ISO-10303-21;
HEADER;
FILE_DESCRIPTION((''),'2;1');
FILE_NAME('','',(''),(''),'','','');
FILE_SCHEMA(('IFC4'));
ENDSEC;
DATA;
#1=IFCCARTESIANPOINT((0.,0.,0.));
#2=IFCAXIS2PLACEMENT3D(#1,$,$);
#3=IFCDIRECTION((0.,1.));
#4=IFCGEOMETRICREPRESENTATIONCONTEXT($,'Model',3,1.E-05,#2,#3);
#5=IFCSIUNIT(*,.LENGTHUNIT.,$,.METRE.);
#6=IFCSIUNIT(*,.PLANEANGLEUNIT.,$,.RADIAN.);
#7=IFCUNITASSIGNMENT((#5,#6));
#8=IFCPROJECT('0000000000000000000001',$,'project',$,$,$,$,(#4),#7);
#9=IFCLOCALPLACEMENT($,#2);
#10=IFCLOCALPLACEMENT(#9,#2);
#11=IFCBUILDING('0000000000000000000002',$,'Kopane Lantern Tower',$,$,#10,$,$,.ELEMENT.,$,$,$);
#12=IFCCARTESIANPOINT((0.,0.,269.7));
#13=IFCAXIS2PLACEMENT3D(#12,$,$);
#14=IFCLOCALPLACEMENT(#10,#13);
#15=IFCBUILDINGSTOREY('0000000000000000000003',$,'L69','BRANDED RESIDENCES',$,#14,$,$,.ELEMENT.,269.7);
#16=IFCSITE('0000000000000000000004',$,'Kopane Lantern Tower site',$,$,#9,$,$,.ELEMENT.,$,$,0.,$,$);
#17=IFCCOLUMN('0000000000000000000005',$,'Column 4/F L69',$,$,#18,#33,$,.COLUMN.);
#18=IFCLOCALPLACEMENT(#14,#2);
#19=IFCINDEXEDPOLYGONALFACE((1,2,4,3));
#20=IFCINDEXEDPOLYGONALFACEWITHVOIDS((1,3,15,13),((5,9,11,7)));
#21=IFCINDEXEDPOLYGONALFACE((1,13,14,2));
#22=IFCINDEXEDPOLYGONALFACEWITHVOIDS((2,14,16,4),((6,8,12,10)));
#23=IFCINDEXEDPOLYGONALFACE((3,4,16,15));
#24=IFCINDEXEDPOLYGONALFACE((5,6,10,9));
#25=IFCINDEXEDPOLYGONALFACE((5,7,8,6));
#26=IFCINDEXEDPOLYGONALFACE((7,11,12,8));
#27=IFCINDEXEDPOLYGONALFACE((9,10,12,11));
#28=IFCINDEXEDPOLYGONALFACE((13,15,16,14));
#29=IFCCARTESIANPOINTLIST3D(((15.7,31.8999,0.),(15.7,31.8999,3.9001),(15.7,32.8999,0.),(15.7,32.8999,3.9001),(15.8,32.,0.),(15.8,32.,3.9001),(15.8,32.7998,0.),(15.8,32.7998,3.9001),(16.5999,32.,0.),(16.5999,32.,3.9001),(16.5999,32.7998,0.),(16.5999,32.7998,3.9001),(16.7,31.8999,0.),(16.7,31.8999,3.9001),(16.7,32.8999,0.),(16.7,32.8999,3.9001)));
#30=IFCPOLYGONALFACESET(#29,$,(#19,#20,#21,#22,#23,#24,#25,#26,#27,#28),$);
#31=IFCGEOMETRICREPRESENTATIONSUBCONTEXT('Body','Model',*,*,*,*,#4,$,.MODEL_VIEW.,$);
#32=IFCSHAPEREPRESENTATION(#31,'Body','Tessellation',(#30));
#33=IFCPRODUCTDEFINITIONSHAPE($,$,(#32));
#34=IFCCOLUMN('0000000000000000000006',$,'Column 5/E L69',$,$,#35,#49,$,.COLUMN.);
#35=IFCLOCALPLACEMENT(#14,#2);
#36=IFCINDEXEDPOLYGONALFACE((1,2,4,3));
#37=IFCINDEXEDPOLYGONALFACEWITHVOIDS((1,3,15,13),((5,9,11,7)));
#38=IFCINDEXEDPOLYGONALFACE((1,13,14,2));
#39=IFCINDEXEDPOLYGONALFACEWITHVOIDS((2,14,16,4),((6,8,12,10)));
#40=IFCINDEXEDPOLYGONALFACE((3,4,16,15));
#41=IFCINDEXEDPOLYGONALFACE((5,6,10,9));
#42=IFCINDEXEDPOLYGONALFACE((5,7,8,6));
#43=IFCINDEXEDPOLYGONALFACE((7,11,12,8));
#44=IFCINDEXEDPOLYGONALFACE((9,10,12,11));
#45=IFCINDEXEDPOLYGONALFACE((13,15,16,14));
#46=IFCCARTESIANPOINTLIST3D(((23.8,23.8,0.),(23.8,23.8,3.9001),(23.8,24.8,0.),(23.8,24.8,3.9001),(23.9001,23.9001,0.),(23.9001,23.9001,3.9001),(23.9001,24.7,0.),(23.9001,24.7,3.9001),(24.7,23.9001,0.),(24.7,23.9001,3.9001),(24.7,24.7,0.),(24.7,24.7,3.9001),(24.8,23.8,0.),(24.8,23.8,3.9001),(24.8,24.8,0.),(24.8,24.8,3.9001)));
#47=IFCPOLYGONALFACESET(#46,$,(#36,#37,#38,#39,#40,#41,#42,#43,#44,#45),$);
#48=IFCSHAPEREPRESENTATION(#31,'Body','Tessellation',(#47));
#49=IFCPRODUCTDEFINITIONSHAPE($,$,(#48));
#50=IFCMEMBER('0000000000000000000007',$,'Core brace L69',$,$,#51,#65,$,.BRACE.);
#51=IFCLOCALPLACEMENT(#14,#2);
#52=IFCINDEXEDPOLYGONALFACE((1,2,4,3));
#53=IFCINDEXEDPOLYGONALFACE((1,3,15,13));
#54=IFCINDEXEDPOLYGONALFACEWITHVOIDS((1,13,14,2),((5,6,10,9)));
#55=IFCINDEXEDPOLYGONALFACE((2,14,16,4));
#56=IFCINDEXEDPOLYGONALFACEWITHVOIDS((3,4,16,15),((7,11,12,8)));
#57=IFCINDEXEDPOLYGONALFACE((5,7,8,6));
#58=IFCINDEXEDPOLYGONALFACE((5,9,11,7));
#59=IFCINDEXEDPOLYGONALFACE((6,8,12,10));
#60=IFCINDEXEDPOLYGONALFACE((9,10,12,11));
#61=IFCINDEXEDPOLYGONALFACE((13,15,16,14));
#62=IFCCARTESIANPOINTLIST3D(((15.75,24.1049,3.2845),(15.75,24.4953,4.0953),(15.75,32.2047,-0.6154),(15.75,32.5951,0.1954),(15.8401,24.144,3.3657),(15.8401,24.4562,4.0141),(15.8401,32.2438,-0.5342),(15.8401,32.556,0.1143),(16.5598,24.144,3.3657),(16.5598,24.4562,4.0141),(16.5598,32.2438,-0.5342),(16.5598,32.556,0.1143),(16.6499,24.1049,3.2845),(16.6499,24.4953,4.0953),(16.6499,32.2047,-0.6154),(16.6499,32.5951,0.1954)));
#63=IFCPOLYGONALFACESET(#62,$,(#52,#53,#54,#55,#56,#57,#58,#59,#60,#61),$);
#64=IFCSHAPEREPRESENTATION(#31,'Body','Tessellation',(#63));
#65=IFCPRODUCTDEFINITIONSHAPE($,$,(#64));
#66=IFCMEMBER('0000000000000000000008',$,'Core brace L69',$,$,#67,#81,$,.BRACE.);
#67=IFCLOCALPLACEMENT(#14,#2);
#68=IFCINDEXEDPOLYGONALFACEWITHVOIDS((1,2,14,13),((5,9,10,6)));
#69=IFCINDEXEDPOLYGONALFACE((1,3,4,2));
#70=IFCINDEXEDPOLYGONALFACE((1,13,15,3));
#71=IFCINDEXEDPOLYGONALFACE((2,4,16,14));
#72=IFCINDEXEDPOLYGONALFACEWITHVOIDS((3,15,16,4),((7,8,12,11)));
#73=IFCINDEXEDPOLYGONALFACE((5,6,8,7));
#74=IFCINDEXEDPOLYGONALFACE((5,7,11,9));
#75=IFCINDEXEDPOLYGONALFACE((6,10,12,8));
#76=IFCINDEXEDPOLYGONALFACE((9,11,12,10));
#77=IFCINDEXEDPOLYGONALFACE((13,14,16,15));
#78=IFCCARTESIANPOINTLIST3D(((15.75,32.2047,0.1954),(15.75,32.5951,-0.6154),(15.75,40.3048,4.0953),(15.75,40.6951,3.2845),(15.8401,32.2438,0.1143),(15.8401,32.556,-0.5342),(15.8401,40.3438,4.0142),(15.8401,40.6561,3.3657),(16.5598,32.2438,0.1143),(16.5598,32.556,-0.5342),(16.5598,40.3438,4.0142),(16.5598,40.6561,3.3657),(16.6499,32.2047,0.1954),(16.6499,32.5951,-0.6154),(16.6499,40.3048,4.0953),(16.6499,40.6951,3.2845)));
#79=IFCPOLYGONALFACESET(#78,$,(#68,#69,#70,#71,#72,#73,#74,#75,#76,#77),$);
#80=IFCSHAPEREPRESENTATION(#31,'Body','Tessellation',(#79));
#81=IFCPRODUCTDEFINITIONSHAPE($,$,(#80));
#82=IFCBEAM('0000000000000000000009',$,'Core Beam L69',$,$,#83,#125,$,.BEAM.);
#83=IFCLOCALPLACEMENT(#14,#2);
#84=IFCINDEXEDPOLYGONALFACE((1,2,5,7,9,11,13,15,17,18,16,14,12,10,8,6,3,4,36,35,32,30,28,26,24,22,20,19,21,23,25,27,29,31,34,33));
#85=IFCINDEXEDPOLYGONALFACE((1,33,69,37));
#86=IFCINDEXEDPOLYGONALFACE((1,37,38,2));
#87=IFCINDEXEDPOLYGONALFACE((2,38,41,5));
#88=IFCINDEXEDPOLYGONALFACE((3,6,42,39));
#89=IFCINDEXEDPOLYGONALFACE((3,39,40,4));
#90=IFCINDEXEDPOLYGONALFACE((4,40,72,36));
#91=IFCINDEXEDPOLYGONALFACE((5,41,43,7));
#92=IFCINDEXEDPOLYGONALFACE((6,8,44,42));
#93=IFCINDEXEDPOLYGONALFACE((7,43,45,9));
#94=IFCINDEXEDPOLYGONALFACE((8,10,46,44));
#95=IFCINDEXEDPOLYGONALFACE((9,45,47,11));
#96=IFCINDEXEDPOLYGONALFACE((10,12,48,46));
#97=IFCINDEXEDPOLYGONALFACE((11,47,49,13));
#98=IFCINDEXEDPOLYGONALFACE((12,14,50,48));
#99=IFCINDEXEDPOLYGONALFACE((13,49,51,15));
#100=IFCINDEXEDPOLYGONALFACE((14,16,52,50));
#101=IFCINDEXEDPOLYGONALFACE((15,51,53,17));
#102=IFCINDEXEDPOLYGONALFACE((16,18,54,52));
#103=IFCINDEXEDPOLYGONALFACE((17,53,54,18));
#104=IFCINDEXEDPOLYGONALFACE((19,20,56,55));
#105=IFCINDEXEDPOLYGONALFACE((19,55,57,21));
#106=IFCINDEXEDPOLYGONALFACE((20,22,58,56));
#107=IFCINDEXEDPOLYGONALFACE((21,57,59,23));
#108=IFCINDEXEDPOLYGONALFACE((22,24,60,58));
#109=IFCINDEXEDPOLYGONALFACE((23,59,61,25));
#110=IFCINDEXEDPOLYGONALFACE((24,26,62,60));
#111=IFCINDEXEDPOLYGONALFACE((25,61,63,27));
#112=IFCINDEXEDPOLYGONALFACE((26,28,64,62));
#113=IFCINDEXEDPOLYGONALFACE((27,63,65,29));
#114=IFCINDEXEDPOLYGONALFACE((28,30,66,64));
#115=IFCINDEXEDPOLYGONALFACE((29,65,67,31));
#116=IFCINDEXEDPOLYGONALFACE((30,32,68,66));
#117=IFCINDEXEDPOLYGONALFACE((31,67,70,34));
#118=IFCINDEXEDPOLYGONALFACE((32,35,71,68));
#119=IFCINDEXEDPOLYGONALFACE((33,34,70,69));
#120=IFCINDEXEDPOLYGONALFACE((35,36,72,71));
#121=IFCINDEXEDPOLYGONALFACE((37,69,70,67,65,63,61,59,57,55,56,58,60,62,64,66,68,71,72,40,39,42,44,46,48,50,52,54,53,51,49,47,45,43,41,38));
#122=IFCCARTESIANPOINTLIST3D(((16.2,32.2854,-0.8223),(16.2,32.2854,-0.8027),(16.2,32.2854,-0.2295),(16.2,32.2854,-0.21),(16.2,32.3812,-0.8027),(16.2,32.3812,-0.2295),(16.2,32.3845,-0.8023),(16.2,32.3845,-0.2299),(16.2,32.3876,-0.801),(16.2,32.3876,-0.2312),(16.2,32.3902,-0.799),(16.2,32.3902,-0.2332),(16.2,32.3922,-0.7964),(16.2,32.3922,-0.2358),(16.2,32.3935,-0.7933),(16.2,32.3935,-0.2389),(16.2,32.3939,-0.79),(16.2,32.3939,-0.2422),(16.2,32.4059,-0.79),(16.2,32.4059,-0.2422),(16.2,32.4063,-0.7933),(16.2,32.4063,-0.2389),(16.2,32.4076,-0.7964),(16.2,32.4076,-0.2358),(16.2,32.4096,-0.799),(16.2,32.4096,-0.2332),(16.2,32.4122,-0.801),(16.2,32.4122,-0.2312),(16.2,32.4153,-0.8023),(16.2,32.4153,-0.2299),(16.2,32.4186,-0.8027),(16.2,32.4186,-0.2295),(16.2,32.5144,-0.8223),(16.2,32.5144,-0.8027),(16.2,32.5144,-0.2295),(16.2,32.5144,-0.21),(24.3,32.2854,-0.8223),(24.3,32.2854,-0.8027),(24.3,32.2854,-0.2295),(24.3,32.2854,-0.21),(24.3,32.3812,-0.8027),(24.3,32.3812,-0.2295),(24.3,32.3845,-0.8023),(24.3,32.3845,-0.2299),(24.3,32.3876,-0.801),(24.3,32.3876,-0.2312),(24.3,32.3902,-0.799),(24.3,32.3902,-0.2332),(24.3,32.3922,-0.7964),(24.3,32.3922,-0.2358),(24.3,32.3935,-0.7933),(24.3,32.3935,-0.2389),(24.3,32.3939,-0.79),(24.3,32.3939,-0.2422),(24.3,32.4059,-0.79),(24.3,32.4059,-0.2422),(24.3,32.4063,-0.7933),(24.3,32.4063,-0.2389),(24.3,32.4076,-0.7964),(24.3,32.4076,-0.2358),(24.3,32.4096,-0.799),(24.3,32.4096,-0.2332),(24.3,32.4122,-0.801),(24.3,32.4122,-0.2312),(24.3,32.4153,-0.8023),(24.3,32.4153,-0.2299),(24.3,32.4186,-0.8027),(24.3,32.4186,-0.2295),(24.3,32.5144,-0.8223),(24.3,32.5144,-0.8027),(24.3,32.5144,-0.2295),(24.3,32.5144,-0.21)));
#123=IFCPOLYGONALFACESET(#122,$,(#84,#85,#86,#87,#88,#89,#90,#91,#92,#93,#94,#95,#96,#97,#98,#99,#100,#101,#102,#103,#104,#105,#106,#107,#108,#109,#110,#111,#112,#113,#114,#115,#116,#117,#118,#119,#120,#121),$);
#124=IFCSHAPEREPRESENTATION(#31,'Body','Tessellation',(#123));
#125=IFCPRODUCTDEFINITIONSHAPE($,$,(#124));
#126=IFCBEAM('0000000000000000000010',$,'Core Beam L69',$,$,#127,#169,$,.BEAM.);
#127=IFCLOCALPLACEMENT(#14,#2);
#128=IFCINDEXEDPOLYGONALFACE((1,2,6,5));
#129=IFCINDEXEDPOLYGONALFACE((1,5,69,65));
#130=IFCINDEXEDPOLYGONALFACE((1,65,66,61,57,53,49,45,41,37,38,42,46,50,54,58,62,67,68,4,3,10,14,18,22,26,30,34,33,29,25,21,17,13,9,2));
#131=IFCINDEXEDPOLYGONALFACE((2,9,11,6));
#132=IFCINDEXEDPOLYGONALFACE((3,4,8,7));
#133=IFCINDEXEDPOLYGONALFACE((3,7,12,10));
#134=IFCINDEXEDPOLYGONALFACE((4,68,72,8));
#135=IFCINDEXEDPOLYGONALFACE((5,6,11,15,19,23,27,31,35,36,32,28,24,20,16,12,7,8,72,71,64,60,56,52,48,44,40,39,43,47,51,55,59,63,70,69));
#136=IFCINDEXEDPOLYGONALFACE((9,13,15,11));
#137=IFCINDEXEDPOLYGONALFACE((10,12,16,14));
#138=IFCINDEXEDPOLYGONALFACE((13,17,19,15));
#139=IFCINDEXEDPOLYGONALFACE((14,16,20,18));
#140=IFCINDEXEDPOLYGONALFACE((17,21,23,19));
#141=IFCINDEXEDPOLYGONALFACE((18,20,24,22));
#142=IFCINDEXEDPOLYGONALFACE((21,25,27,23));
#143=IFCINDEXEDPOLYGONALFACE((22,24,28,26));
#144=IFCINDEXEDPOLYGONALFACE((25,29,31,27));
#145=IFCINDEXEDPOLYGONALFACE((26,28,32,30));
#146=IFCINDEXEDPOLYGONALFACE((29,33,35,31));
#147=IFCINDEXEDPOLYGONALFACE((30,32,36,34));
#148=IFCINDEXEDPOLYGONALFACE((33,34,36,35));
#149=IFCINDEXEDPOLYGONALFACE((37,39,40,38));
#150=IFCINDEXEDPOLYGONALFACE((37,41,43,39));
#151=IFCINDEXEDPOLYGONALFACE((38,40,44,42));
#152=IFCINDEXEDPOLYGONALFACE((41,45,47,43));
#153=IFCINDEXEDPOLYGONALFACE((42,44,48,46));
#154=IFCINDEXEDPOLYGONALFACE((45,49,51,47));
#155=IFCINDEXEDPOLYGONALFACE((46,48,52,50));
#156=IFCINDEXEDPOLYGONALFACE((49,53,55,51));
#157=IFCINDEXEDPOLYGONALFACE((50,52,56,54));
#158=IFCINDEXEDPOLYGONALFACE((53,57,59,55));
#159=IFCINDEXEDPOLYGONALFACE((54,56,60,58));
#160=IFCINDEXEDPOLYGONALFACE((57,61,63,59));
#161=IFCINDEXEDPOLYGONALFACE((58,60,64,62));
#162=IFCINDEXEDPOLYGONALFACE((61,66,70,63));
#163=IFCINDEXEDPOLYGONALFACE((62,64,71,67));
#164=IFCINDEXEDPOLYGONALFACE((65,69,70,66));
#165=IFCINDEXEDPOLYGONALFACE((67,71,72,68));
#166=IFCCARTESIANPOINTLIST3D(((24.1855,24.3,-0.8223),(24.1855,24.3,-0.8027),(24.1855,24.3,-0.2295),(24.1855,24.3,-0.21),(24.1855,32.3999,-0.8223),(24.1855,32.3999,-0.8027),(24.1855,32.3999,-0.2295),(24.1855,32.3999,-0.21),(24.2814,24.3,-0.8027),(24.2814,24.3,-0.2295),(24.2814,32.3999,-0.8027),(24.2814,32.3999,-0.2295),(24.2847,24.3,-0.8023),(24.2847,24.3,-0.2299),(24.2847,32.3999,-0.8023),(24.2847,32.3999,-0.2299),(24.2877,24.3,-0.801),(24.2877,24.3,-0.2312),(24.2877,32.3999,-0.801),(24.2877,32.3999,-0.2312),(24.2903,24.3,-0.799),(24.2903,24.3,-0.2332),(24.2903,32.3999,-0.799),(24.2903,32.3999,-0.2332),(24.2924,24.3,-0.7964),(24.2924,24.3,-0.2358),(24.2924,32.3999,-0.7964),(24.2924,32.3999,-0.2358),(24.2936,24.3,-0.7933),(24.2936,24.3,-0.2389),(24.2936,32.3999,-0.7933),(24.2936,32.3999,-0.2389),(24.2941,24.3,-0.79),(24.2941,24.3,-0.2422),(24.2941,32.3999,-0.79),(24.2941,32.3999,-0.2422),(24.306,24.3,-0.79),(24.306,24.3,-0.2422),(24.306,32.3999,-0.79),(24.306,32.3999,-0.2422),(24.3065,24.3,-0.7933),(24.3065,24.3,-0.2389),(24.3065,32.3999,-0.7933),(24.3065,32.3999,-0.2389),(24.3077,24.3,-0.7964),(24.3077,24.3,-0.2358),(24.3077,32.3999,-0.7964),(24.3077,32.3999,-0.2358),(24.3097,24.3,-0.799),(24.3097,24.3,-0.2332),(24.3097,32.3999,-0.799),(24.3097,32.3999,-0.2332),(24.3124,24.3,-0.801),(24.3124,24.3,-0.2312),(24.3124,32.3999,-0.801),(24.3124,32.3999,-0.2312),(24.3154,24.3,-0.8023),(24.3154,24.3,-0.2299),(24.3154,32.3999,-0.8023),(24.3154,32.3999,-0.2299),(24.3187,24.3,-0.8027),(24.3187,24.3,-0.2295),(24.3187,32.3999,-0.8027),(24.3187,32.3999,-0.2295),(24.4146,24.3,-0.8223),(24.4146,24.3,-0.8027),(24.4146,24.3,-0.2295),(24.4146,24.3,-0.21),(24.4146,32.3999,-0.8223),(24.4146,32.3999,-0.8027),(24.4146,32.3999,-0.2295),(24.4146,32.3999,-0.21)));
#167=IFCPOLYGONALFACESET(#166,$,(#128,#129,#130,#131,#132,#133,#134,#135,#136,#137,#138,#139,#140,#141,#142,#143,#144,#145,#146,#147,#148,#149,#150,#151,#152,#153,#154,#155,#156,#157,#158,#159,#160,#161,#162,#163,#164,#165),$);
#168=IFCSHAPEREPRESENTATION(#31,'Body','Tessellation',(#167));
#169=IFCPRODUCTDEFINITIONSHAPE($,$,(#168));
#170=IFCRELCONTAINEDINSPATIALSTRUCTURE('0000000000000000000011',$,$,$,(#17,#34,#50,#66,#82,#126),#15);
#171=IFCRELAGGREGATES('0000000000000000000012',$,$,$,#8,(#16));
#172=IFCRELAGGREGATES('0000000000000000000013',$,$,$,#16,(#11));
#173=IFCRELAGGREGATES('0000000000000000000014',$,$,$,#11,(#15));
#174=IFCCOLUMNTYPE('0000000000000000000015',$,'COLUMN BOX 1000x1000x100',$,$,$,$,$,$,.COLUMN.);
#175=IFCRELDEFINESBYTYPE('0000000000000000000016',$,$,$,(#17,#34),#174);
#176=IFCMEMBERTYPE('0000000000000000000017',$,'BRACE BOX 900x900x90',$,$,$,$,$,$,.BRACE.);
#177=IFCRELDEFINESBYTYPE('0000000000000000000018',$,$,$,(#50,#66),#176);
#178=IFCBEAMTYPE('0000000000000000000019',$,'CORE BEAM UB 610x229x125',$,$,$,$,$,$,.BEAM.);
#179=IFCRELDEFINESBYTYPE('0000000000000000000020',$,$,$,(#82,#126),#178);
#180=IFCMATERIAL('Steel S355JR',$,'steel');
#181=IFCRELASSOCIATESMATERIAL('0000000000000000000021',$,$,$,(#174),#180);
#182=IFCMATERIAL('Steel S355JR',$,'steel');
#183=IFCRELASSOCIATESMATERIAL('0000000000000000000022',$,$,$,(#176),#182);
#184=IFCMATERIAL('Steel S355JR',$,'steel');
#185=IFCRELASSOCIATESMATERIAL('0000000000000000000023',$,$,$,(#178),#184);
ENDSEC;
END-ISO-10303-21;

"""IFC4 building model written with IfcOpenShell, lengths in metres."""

from ifc_helpers import new_model, si_unit, direction, frame, origin, origin_2d, place, context, subcontext, project, spatial, hollow_rectangle, i_section, extrude, material, material_profile, profile_set, type_object, element, save


model = new_model("IFC4")

# Units and contexts
model_context = context("Model", 3, precision=1e-05, world=origin(), true_north=direction((0.0, 1.0)))
body_context = subcontext(model_context, "Body", "Model", "MODEL_VIEW")
ifc_project = project(units=[si_unit("LENGTHUNIT", "METRE"), si_unit("PLANEANGLEUNIT", "RADIAN")], contexts=[model_context])

# Site, building, storey
site_placement = place(None, origin())
site = spatial("IfcSite", under=ifc_project, at=site_placement, Name="Kopane Lantern Tower site", CompositionType="ELEMENT", RefElevation=0.0)
building_placement = place(site_placement, origin())
building = spatial("IfcBuilding", under=site, at=building_placement, Name="Kopane Lantern Tower", CompositionType="ELEMENT")
storey_placement = place(building_placement, frame((0.0, 0.0, 269.7)))
storey = spatial("IfcBuildingStorey", under=building, at=storey_placement, Name="L69", Description="BRANDED RESIDENCES", CompositionType="ELEMENT", Elevation=269.7)

# Columns
ifc_material_1 = material(Name="Steel S355JR", Category="steel")
ifc_material_profile_1 = material_profile(ifc_material_1, hollow_rectangle(XDim=1.0, YDim=1.0, WallThickness=0.1001, at=origin_2d()), Name="BOX 1000x1000x100")
ifc_profile_set_1 = profile_set([ifc_material_profile_1], Name="Steel S355JR")
column_type = type_object("IfcColumnType", Name="COLUMN BOX 1000x1000x100", PredefinedType="COLUMN", material=ifc_profile_set_1)
for number, where, z_axis, x_axis, name in (
    (1, (16.2, 32.3999, 0.0), (0.0, 0.0, 1.0), (1.0, 0.0, 0.0), "Column 4/F L69"),
    (2, (24.3, 24.3, 0.0), (0.0, 0.0, 1.0), (1.0, 0.0, 0.0), "Column 5/E L69"),
):
    element("IfcColumn", number, at=place(storey_placement, frame(where, z_axis=z_axis, x_axis=x_axis)), inside=storey, type_object=column_type, Name=name, PredefinedType="COLUMN", context=body_context, shape_type="SweptSolid", body=[
        extrude(hollow_rectangle(XDim=1.0, YDim=1.0, WallThickness=0.1001, at=origin_2d()), origin(), (0.0, 0.0, 1.0), 3.9001),
    ])

# Members
ifc_material_2 = material(Name="Steel S355JR", Category="steel")
ifc_material_profile_2 = material_profile(ifc_material_2, hollow_rectangle(XDim=0.8999, YDim=0.8999, WallThickness=0.0901, at=origin_2d()), Name="BOX 900x900x90")
ifc_profile_set_2 = profile_set([ifc_material_profile_2], Name="Steel S355JR")
member_type = type_object("IfcMemberType", Name="BRACE BOX 900x900x90", PredefinedType="BRACE", material=ifc_profile_set_2)
member_1_placement = place(storey_placement, frame((16.2, 32.3999, -0.21), z_axis=(0.0, -0.901003, 0.433813), x_axis=(1.0, 0.0, 0.0)))
element("IfcMember", 3, at=member_1_placement, inside=storey, type_object=member_type, Name="Core brace L69", PredefinedType="BRACE", context=body_context, shape_type="SweptSolid", body=[
    extrude(hollow_rectangle(XDim=0.8999, YDim=0.8999, WallThickness=0.0901, at=origin_2d()), origin(), (0.0, 0.0, 1.0), 8.9897),
])
member_2_placement = place(storey_placement, frame((16.2, 32.3999, -0.21), z_axis=(0.0, 0.901008, 0.433803), x_axis=(-1.0, 0.0, 0.0)))
element("IfcMember", 4, at=member_2_placement, inside=storey, type_object=member_type, Name="Core brace L69", PredefinedType="BRACE", context=body_context, shape_type="SweptSolid", body=[
    extrude(hollow_rectangle(XDim=0.8999, YDim=0.8999, WallThickness=0.0901, at=origin_2d()), origin(), (0.0, 0.0, 1.0), 8.99),
])

# Beams
ifc_material_3 = material(Name="Steel S355JR", Category="steel")
ifc_material_profile_3 = material_profile(ifc_material_3, i_section(OverallWidth=0.229, OverallDepth=0.6123, WebThickness=0.012, FlangeThickness=0.0195, FilletRadius=0.0127, at=origin_2d()), Name="UB 610x229x125")
ifc_profile_set_3 = profile_set([ifc_material_profile_3], Name="Steel S355JR")
beam_type_1 = type_object("IfcBeamType", Name="CORE BEAM UB 610x229x125", PredefinedType="BEAM", material=ifc_profile_set_3)
beam_1_placement = place(storey_placement, frame((16.2, 32.3999, -0.5161), z_axis=(1.0, 0.0, 0.0), x_axis=(0.0, 1.0, 0.0)))
element("IfcBeam", 5, at=beam_1_placement, inside=storey, type_object=beam_type_1, Name="Core Beam L69", PredefinedType="BEAM", context=body_context, shape_type="SweptSolid", body=[
    extrude(i_section(OverallWidth=0.229, OverallDepth=0.6123, WebThickness=0.012, FlangeThickness=0.0195, FilletRadius=0.0127, at=origin_2d()), origin(), (0.0, 0.0, 1.0), 8.1001),
])
beam_2_placement = place(storey_placement, frame((24.3, 24.3, -0.5161), z_axis=(0.0, 1.0, 0.0), x_axis=(-1.0, 0.0, 0.0)))
element("IfcBeam", 6, at=beam_2_placement, inside=storey, type_object=beam_type_1, Name="Core Beam L69", PredefinedType="BEAM", context=body_context, shape_type="SweptSolid", body=[
    extrude(i_section(OverallWidth=0.229, OverallDepth=0.6123, WebThickness=0.012, FlangeThickness=0.0195, FilletRadius=0.0127, at=origin_2d()), origin(), (0.0, 0.0, 1.0), 8.0999),
])

save(model, "model.ifc")
